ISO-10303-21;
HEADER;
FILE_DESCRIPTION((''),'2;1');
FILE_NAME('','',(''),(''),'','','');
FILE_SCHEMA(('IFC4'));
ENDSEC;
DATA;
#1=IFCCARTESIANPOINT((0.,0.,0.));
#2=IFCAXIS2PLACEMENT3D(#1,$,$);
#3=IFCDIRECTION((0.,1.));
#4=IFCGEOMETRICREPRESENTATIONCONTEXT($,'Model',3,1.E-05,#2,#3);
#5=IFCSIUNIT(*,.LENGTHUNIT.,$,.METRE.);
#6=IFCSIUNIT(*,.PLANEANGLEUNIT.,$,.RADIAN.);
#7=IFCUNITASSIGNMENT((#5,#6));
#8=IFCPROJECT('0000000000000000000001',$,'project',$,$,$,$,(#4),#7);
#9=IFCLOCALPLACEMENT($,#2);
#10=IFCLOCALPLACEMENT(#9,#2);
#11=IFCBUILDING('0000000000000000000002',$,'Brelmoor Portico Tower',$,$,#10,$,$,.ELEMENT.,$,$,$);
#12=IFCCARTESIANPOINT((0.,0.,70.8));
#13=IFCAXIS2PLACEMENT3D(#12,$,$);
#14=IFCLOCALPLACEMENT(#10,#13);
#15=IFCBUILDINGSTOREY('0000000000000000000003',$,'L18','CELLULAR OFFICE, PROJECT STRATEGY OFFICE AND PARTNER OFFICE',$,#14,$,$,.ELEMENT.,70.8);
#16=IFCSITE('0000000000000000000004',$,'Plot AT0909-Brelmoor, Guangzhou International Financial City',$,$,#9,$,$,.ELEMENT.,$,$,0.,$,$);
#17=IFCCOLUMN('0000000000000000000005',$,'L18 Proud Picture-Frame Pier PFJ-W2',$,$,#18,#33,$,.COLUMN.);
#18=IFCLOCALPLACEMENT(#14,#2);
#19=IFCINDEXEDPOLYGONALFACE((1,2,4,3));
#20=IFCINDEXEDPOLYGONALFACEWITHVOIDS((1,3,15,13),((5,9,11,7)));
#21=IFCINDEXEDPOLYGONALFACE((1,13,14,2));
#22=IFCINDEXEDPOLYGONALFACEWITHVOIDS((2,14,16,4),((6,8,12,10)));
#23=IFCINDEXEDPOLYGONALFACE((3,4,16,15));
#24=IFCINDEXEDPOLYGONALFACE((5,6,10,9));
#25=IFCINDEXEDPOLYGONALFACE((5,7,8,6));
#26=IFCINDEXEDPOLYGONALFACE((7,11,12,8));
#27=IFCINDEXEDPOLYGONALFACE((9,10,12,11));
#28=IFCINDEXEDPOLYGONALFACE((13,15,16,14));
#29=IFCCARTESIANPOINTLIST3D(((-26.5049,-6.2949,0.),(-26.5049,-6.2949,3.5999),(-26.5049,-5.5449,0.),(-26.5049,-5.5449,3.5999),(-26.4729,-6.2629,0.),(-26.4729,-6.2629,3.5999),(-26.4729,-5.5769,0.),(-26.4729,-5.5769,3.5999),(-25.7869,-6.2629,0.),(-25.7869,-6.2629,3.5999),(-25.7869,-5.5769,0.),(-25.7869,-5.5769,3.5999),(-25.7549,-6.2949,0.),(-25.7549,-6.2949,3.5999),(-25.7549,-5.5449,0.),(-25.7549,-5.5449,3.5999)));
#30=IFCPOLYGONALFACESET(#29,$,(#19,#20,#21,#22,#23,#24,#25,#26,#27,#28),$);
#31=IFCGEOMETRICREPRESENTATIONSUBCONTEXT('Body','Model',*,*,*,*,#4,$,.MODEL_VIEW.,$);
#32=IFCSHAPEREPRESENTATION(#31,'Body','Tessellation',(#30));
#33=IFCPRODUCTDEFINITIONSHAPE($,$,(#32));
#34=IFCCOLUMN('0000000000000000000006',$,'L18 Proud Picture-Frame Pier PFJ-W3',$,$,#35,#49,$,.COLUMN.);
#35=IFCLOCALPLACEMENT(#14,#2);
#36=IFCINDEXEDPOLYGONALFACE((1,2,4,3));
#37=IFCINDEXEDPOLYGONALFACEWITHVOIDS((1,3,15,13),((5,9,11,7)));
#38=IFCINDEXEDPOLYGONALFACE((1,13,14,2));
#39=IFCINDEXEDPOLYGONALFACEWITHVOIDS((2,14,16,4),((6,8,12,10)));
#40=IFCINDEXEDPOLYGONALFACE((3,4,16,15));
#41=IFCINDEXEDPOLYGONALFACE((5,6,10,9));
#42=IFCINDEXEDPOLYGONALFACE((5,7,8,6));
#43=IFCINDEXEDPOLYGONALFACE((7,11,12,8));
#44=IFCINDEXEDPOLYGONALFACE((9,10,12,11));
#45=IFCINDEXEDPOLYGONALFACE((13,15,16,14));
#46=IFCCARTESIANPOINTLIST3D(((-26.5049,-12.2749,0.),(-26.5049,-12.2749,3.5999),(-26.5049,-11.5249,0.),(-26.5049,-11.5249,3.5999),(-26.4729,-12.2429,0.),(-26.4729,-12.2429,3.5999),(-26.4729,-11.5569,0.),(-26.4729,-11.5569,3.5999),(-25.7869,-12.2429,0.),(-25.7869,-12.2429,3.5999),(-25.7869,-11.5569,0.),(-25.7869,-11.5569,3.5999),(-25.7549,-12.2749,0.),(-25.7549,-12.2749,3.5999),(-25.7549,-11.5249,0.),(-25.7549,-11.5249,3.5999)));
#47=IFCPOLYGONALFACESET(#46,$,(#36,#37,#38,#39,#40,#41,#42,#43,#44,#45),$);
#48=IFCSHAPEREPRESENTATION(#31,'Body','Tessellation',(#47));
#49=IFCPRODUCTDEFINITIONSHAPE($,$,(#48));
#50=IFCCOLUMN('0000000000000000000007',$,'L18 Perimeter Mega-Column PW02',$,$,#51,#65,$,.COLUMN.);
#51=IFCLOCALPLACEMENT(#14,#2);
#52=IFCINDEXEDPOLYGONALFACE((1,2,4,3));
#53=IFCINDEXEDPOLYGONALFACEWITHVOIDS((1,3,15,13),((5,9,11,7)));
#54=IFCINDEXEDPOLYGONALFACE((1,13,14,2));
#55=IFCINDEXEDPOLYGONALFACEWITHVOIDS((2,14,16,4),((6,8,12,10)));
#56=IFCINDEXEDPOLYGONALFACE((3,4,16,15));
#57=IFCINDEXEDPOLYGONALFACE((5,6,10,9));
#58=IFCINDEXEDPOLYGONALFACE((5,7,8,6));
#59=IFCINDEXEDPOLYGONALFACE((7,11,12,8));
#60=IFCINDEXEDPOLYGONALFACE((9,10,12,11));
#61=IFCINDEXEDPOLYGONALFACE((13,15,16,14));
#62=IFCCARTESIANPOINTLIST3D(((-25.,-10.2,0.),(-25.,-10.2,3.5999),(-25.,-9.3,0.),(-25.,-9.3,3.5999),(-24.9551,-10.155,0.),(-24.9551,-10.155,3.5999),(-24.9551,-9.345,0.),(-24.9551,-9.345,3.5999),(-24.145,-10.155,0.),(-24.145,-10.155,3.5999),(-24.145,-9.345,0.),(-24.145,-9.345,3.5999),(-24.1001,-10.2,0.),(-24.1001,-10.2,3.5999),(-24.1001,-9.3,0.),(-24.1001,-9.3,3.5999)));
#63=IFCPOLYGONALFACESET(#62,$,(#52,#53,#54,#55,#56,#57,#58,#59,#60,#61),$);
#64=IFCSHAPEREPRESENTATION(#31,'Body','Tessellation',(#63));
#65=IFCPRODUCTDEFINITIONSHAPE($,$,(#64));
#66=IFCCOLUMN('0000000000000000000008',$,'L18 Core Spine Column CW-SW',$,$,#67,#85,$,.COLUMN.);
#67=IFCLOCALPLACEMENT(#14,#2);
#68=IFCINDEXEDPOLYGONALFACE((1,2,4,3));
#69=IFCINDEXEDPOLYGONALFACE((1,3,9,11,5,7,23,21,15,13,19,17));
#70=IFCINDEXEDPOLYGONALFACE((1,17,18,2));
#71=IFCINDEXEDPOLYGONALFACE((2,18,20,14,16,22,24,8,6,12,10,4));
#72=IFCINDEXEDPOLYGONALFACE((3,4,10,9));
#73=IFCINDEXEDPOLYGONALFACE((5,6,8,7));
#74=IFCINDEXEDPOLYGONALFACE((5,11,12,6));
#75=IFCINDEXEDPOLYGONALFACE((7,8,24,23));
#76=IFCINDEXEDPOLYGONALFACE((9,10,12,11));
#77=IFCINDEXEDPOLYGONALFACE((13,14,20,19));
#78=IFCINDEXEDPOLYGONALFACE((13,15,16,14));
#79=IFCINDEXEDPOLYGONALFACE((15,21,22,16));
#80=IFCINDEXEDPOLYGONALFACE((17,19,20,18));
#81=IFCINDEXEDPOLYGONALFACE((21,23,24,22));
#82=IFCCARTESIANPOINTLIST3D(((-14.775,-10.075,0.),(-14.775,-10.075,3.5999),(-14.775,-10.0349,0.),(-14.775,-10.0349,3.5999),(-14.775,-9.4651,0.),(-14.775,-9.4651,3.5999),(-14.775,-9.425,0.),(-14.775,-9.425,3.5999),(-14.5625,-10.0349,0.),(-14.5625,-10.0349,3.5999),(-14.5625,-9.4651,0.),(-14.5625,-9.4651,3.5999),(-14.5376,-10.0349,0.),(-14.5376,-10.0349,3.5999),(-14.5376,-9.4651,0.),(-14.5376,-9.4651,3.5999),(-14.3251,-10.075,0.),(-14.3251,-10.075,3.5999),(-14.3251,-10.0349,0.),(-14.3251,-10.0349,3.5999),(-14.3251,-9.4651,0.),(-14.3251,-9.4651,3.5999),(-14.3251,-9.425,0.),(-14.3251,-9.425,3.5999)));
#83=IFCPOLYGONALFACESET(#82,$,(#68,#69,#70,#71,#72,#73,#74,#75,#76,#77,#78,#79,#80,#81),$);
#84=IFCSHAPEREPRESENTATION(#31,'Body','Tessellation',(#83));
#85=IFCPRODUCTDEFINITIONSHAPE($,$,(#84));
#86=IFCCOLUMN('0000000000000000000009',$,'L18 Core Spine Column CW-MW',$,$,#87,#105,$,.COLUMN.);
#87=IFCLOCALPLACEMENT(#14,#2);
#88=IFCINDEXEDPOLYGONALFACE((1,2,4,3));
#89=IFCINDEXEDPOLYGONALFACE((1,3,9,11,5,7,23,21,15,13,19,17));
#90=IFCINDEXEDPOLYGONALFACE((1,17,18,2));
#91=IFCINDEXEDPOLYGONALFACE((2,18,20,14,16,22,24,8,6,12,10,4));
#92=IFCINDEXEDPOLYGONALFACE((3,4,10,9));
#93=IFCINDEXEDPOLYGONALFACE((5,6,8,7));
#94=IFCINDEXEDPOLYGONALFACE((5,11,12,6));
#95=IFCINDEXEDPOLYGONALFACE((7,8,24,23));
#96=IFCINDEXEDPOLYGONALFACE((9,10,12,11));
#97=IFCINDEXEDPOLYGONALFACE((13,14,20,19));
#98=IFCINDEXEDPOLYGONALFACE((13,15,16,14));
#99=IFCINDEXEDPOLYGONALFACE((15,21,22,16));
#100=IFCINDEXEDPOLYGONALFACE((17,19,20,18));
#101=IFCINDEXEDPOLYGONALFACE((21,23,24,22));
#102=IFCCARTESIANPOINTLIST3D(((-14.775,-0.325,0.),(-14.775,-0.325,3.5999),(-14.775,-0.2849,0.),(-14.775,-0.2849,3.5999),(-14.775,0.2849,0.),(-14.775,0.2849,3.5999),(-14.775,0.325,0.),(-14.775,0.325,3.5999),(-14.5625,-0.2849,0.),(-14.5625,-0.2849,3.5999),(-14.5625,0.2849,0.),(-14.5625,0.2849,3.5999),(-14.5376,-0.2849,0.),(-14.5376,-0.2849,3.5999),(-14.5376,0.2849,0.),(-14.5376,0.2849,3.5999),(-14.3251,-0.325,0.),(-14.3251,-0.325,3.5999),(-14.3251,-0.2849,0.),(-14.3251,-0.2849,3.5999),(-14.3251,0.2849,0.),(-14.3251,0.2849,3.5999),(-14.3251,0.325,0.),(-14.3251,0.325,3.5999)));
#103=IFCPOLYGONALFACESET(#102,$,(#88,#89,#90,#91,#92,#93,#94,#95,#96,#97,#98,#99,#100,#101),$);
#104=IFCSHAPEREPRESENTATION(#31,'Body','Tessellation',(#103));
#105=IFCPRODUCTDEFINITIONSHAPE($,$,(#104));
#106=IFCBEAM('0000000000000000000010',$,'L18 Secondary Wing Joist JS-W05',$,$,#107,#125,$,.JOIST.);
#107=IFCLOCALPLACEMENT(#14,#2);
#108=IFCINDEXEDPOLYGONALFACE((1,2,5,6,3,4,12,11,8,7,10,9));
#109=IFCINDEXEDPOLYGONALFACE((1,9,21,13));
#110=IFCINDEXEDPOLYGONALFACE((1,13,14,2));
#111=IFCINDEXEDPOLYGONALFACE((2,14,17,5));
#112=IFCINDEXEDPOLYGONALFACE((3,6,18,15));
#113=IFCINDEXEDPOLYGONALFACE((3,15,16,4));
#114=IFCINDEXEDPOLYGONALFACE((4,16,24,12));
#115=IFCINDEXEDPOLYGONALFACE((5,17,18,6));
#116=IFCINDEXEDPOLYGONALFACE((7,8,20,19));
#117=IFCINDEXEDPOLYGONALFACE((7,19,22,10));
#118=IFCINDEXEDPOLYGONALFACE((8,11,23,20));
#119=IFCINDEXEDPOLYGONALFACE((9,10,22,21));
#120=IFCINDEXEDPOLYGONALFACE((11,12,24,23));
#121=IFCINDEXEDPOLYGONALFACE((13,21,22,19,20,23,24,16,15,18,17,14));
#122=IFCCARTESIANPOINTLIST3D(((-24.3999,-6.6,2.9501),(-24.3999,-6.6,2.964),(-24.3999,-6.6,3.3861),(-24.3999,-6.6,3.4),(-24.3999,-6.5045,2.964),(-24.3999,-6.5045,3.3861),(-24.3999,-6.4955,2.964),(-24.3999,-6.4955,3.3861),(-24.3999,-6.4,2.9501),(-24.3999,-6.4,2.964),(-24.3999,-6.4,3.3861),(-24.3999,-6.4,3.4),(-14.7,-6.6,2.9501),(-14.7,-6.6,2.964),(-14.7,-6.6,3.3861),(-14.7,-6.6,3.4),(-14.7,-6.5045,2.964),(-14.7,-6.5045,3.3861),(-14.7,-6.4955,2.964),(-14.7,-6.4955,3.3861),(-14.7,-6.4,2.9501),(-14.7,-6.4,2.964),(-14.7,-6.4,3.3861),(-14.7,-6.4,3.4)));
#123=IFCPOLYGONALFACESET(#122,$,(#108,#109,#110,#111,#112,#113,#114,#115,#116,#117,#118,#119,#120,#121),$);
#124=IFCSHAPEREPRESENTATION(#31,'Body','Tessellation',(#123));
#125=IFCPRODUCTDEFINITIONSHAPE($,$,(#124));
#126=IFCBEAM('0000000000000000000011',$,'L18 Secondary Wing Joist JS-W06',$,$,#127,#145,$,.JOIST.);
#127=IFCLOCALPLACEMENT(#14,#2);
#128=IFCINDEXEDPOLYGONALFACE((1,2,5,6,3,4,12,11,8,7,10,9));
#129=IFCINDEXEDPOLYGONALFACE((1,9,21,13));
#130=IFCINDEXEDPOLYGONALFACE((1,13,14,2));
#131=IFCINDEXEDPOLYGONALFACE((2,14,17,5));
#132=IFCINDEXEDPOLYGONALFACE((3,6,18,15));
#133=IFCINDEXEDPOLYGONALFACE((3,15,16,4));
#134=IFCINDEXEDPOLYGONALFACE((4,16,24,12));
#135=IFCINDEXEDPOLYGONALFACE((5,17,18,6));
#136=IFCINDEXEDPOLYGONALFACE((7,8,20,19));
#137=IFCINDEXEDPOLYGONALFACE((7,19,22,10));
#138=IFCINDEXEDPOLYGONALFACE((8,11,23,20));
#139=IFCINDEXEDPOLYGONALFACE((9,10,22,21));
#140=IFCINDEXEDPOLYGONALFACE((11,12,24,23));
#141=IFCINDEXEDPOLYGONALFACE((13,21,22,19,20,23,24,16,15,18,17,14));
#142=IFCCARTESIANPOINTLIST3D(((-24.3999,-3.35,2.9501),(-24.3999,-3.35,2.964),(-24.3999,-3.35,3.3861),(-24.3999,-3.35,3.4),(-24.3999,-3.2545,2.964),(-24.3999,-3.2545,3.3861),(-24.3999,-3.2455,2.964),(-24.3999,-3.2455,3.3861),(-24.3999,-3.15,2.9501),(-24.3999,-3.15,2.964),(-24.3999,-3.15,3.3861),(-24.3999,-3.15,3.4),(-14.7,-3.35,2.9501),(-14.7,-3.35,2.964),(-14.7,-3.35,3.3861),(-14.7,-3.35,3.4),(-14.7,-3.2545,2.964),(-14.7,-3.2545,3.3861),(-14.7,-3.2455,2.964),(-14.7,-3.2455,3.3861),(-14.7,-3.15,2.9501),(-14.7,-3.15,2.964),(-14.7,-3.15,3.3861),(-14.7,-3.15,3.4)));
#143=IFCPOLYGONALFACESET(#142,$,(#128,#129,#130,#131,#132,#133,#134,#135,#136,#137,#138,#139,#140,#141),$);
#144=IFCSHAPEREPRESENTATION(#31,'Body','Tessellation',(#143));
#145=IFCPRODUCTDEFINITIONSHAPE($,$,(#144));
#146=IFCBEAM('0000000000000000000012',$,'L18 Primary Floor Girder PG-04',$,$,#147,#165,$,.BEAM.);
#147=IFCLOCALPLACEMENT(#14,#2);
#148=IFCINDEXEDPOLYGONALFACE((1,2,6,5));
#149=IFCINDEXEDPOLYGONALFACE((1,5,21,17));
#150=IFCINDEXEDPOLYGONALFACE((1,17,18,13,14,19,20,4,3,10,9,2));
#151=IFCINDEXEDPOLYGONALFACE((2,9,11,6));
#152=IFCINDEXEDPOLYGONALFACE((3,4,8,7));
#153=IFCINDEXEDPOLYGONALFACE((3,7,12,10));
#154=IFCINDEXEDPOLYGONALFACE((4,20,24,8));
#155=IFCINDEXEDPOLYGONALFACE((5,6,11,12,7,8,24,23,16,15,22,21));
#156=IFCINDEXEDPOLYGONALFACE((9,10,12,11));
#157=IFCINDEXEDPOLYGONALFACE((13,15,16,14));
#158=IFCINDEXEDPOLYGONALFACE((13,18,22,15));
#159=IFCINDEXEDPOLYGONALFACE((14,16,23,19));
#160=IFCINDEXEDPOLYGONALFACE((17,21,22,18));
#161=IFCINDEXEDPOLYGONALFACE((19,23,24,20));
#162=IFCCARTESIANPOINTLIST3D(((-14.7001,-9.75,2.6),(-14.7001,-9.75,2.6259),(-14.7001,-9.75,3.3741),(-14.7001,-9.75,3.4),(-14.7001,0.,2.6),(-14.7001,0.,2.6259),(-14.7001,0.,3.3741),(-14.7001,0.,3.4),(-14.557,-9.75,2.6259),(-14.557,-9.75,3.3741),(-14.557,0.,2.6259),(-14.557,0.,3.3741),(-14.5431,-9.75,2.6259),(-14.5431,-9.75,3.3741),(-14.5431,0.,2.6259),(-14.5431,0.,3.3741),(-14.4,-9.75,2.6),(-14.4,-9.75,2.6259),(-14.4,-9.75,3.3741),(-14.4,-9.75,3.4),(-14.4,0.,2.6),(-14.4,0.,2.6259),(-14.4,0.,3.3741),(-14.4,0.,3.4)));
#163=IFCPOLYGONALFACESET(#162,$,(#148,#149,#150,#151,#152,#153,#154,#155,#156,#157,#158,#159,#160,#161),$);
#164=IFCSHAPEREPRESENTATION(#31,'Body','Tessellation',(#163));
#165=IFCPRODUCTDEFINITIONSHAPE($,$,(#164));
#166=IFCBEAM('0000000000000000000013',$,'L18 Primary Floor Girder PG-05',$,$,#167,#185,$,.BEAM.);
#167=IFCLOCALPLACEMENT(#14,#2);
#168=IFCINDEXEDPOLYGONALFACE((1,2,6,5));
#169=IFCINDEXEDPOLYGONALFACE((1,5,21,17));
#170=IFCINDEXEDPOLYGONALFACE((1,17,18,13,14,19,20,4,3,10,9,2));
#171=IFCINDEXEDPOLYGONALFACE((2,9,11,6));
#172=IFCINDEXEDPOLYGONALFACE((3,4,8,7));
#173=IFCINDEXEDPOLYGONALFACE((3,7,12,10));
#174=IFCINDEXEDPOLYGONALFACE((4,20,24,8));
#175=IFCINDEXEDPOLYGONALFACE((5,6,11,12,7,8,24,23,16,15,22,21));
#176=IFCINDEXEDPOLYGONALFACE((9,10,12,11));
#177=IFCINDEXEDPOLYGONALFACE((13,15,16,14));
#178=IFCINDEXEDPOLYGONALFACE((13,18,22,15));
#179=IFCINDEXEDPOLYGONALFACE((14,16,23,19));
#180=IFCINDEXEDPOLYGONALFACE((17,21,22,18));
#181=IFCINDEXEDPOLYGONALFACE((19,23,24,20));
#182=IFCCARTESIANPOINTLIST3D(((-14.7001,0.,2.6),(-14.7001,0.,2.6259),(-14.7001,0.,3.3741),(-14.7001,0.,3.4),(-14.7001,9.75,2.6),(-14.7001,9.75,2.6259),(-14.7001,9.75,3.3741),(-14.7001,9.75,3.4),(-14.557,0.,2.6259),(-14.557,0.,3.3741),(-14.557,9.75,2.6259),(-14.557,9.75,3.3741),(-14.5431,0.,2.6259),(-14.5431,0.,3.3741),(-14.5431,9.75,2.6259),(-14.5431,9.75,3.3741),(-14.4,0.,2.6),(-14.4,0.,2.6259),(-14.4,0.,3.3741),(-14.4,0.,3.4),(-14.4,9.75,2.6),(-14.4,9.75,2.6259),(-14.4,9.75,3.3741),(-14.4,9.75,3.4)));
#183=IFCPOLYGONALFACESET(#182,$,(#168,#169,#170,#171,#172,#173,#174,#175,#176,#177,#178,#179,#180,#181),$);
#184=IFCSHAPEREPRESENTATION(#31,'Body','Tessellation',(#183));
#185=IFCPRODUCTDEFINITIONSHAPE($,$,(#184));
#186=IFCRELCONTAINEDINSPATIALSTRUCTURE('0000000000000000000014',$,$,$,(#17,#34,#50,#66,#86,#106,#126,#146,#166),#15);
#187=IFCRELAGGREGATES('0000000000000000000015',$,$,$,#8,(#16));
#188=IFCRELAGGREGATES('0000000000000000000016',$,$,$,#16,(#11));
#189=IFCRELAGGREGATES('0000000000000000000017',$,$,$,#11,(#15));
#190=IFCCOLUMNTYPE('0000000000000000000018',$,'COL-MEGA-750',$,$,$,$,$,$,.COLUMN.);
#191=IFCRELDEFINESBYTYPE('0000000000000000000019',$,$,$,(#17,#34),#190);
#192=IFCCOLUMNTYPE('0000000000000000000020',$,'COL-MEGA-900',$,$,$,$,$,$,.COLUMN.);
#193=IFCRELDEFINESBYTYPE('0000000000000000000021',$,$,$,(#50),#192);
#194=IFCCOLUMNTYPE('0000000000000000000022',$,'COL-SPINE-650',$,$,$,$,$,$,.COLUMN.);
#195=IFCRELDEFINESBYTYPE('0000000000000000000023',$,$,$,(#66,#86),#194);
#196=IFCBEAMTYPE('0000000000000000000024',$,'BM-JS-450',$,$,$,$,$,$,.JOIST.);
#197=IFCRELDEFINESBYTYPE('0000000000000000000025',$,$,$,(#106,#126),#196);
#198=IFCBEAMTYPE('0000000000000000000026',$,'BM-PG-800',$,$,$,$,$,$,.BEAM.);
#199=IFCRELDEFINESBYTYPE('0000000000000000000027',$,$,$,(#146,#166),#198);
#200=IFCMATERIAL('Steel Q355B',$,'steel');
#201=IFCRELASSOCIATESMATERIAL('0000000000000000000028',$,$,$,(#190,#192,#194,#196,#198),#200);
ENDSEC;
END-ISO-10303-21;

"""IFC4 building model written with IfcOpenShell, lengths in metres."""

from ifc_helpers import new_model, si_unit, direction, frame, origin, origin_2d, place, context, subcontext, project, spatial, hollow_rectangle, i_section, extrude, material, material_profile, profile_set, type_object, element, save


model = new_model("IFC4")

# Units and contexts
model_context = context("Model", 3, precision=1e-05, world=origin(), true_north=direction((0.0, 1.0)))
body_context = subcontext(model_context, "Body", "Model", "MODEL_VIEW")
ifc_project = project(units=[si_unit("LENGTHUNIT", "METRE"), si_unit("PLANEANGLEUNIT", "RADIAN")], contexts=[model_context])

# Site, building, storey
site_placement = place(None, origin())
site = spatial("IfcSite", under=ifc_project, at=site_placement, Name="Plot AT0909-Brelmoor, Guangzhou International Financial City", CompositionType="ELEMENT", RefElevation=0.0)
building_placement = place(site_placement, origin())
building = spatial("IfcBuilding", under=site, at=building_placement, Name="Brelmoor Portico Tower", CompositionType="ELEMENT")
storey_placement = place(building_placement, frame((0.0, 0.0, 70.8)))
storey = spatial("IfcBuildingStorey", under=building, at=storey_placement, Name="L18", Description="CELLULAR OFFICE, PROJECT STRATEGY OFFICE AND PARTNER OFFICE", CompositionType="ELEMENT", Elevation=70.8)

# Columns
ifc_material_1 = material(Name="Steel Q355B", Category="steel")
ifc_material_profile_1 = material_profile(ifc_material_1, hollow_rectangle(XDim=0.75, YDim=0.75, WallThickness=0.032, at=origin_2d()), Name="BOX 750x750x32")
ifc_profile_set_1 = profile_set([ifc_material_profile_1], Name="Steel Q355B")
column_type_1 = type_object("IfcColumnType", Name="COL-MEGA-750", PredefinedType="COLUMN", material=ifc_profile_set_1)
for number, where, z_axis, x_axis, name in (
    (1, (-26.1299, -5.9199, 0.0), (0.0, 0.0, 1.0), (0.0, 1.0, 0.0), "L18 Proud Picture-Frame Pier PFJ-W2"),
    (2, (-26.1299, -11.8999, 0.0), (0.0, 0.0, 1.0), (0.0, 1.0, 0.0), "L18 Proud Picture-Frame Pier PFJ-W3"),
):
    element("IfcColumn", number, at=place(storey_placement, frame(where, z_axis=z_axis, x_axis=x_axis)), inside=storey, type_object=column_type_1, Name=name, PredefinedType="COLUMN", context=body_context, shape_type="SweptSolid", body=[
        extrude(hollow_rectangle(XDim=0.75, YDim=0.75, WallThickness=0.032, at=origin_2d()), origin(), (0.0, 0.0, 1.0), 3.5999),
    ])
ifc_material_profile_2 = material_profile(ifc_material_1, hollow_rectangle(XDim=0.8999, YDim=0.8999, WallThickness=0.0449, at=origin_2d()), Name="BOX 900x900x45")
ifc_profile_set_2 = profile_set([ifc_material_profile_2], Name="Steel Q355B")
column_type_2 = type_object("IfcColumnType", Name="COL-MEGA-900", PredefinedType="COLUMN", material=ifc_profile_set_2)
column_placement = place(storey_placement, frame((-24.55, -9.75, 0.0), z_axis=(0.0, 0.0, 1.0), x_axis=(0.0, 1.0, 0.0)))
element("IfcColumn", 3, at=column_placement, inside=storey, type_object=column_type_2, Name="L18 Perimeter Mega-Column PW02", PredefinedType="COLUMN", context=body_context, shape_type="SweptSolid", body=[
    extrude(hollow_rectangle(XDim=0.8999, YDim=0.8999, WallThickness=0.0449, at=origin_2d()), origin(), (0.0, 0.0, 1.0), 3.5999),
])
ifc_material_profile_3 = material_profile(ifc_material_1, i_section(OverallWidth=0.45, OverallDepth=0.6499, WebThickness=0.0249, FlangeThickness=0.04, at=origin_2d()), Name="HW 650x450x25x40")
ifc_profile_set_3 = profile_set([ifc_material_profile_3], Name="Steel Q355B")
column_type_3 = type_object("IfcColumnType", Name="COL-SPINE-650", PredefinedType="COLUMN", material=ifc_profile_set_3)
for number, where, z_axis, x_axis, name in (
    (4, (-14.55, -9.75, 0.0), (0.0, 0.0, 1.0), (1.0, 0.0, 0.0), "L18 Core Spine Column CW-SW"),
    (5, (-14.55, 0.0, 0.0), (0.0, 0.0, 1.0), (1.0, 0.0, 0.0), "L18 Core Spine Column CW-MW"),
):
    element("IfcColumn", number, at=place(storey_placement, frame(where, z_axis=z_axis, x_axis=x_axis)), inside=storey, type_object=column_type_3, Name=name, PredefinedType="COLUMN", context=body_context, shape_type="SweptSolid", body=[
        extrude(i_section(OverallWidth=0.45, OverallDepth=0.6499, WebThickness=0.0249, FlangeThickness=0.04, at=origin_2d()), origin(), (0.0, 0.0, 1.0), 3.5999),
    ])

# Beams
ifc_material_profile_4 = material_profile(ifc_material_1, i_section(OverallWidth=0.2, OverallDepth=0.45, WebThickness=0.009, FlangeThickness=0.0139, at=origin_2d()), Name="HN 450x200x9x14")
ifc_profile_set_4 = profile_set([ifc_material_profile_4], Name="Steel Q355B")
beam_type_1 = type_object("IfcBeamType", Name="BM-JS-450", PredefinedType="JOIST", material=ifc_profile_set_4)
for number, where, z_axis, x_axis, name in (
    (6, (-24.3999, -6.5, 3.175), (1.0, 0.0, 0.0), (0.0, 1.0, 0.0), "L18 Secondary Wing Joist JS-W05"),
    (7, (-24.3999, -3.25, 3.175), (1.0, 0.0, 0.0), (0.0, 1.0, 0.0), "L18 Secondary Wing Joist JS-W06"),
):
    element("IfcBeam", number, at=place(storey_placement, frame(where, z_axis=z_axis, x_axis=x_axis)), inside=storey, type_object=beam_type_1, Name=name, PredefinedType="JOIST", context=body_context, shape_type="SweptSolid", body=[
        extrude(i_section(OverallWidth=0.2, OverallDepth=0.45, WebThickness=0.009, FlangeThickness=0.0139, at=origin_2d()), origin(), (0.0, 0.0, 1.0), 9.7),
    ])
ifc_material_profile_5 = material_profile(ifc_material_1, i_section(OverallWidth=0.3, OverallDepth=0.8, WebThickness=0.0139, FlangeThickness=0.0259, at=origin_2d()), Name="HN 800x300x14x26")
ifc_profile_set_5 = profile_set([ifc_material_profile_5], Name="Steel Q355B")
beam_type_2 = type_object("IfcBeamType", Name="BM-PG-800", PredefinedType="BEAM", material=ifc_profile_set_5)
for number, where, z_axis, x_axis, name in (
    (8, (-14.55, -9.75, 3.0), (0.0, 1.0, 0.0), (-1.0, 0.0, 0.0), "L18 Primary Floor Girder PG-04"),
    (9, (-14.55, 0.0, 3.0), (0.0, 1.0, 0.0), (-1.0, 0.0, 0.0), "L18 Primary Floor Girder PG-05"),
):
    element("IfcBeam", number, at=place(storey_placement, frame(where, z_axis=z_axis, x_axis=x_axis)), inside=storey, type_object=beam_type_2, Name=name, PredefinedType="BEAM", context=body_context, shape_type="SweptSolid", body=[
        extrude(i_section(OverallWidth=0.3, OverallDepth=0.8, WebThickness=0.0139, FlangeThickness=0.0259, at=origin_2d()), origin(), (0.0, 0.0, 1.0), 9.75),
    ])

save(model, "model.ifc")
